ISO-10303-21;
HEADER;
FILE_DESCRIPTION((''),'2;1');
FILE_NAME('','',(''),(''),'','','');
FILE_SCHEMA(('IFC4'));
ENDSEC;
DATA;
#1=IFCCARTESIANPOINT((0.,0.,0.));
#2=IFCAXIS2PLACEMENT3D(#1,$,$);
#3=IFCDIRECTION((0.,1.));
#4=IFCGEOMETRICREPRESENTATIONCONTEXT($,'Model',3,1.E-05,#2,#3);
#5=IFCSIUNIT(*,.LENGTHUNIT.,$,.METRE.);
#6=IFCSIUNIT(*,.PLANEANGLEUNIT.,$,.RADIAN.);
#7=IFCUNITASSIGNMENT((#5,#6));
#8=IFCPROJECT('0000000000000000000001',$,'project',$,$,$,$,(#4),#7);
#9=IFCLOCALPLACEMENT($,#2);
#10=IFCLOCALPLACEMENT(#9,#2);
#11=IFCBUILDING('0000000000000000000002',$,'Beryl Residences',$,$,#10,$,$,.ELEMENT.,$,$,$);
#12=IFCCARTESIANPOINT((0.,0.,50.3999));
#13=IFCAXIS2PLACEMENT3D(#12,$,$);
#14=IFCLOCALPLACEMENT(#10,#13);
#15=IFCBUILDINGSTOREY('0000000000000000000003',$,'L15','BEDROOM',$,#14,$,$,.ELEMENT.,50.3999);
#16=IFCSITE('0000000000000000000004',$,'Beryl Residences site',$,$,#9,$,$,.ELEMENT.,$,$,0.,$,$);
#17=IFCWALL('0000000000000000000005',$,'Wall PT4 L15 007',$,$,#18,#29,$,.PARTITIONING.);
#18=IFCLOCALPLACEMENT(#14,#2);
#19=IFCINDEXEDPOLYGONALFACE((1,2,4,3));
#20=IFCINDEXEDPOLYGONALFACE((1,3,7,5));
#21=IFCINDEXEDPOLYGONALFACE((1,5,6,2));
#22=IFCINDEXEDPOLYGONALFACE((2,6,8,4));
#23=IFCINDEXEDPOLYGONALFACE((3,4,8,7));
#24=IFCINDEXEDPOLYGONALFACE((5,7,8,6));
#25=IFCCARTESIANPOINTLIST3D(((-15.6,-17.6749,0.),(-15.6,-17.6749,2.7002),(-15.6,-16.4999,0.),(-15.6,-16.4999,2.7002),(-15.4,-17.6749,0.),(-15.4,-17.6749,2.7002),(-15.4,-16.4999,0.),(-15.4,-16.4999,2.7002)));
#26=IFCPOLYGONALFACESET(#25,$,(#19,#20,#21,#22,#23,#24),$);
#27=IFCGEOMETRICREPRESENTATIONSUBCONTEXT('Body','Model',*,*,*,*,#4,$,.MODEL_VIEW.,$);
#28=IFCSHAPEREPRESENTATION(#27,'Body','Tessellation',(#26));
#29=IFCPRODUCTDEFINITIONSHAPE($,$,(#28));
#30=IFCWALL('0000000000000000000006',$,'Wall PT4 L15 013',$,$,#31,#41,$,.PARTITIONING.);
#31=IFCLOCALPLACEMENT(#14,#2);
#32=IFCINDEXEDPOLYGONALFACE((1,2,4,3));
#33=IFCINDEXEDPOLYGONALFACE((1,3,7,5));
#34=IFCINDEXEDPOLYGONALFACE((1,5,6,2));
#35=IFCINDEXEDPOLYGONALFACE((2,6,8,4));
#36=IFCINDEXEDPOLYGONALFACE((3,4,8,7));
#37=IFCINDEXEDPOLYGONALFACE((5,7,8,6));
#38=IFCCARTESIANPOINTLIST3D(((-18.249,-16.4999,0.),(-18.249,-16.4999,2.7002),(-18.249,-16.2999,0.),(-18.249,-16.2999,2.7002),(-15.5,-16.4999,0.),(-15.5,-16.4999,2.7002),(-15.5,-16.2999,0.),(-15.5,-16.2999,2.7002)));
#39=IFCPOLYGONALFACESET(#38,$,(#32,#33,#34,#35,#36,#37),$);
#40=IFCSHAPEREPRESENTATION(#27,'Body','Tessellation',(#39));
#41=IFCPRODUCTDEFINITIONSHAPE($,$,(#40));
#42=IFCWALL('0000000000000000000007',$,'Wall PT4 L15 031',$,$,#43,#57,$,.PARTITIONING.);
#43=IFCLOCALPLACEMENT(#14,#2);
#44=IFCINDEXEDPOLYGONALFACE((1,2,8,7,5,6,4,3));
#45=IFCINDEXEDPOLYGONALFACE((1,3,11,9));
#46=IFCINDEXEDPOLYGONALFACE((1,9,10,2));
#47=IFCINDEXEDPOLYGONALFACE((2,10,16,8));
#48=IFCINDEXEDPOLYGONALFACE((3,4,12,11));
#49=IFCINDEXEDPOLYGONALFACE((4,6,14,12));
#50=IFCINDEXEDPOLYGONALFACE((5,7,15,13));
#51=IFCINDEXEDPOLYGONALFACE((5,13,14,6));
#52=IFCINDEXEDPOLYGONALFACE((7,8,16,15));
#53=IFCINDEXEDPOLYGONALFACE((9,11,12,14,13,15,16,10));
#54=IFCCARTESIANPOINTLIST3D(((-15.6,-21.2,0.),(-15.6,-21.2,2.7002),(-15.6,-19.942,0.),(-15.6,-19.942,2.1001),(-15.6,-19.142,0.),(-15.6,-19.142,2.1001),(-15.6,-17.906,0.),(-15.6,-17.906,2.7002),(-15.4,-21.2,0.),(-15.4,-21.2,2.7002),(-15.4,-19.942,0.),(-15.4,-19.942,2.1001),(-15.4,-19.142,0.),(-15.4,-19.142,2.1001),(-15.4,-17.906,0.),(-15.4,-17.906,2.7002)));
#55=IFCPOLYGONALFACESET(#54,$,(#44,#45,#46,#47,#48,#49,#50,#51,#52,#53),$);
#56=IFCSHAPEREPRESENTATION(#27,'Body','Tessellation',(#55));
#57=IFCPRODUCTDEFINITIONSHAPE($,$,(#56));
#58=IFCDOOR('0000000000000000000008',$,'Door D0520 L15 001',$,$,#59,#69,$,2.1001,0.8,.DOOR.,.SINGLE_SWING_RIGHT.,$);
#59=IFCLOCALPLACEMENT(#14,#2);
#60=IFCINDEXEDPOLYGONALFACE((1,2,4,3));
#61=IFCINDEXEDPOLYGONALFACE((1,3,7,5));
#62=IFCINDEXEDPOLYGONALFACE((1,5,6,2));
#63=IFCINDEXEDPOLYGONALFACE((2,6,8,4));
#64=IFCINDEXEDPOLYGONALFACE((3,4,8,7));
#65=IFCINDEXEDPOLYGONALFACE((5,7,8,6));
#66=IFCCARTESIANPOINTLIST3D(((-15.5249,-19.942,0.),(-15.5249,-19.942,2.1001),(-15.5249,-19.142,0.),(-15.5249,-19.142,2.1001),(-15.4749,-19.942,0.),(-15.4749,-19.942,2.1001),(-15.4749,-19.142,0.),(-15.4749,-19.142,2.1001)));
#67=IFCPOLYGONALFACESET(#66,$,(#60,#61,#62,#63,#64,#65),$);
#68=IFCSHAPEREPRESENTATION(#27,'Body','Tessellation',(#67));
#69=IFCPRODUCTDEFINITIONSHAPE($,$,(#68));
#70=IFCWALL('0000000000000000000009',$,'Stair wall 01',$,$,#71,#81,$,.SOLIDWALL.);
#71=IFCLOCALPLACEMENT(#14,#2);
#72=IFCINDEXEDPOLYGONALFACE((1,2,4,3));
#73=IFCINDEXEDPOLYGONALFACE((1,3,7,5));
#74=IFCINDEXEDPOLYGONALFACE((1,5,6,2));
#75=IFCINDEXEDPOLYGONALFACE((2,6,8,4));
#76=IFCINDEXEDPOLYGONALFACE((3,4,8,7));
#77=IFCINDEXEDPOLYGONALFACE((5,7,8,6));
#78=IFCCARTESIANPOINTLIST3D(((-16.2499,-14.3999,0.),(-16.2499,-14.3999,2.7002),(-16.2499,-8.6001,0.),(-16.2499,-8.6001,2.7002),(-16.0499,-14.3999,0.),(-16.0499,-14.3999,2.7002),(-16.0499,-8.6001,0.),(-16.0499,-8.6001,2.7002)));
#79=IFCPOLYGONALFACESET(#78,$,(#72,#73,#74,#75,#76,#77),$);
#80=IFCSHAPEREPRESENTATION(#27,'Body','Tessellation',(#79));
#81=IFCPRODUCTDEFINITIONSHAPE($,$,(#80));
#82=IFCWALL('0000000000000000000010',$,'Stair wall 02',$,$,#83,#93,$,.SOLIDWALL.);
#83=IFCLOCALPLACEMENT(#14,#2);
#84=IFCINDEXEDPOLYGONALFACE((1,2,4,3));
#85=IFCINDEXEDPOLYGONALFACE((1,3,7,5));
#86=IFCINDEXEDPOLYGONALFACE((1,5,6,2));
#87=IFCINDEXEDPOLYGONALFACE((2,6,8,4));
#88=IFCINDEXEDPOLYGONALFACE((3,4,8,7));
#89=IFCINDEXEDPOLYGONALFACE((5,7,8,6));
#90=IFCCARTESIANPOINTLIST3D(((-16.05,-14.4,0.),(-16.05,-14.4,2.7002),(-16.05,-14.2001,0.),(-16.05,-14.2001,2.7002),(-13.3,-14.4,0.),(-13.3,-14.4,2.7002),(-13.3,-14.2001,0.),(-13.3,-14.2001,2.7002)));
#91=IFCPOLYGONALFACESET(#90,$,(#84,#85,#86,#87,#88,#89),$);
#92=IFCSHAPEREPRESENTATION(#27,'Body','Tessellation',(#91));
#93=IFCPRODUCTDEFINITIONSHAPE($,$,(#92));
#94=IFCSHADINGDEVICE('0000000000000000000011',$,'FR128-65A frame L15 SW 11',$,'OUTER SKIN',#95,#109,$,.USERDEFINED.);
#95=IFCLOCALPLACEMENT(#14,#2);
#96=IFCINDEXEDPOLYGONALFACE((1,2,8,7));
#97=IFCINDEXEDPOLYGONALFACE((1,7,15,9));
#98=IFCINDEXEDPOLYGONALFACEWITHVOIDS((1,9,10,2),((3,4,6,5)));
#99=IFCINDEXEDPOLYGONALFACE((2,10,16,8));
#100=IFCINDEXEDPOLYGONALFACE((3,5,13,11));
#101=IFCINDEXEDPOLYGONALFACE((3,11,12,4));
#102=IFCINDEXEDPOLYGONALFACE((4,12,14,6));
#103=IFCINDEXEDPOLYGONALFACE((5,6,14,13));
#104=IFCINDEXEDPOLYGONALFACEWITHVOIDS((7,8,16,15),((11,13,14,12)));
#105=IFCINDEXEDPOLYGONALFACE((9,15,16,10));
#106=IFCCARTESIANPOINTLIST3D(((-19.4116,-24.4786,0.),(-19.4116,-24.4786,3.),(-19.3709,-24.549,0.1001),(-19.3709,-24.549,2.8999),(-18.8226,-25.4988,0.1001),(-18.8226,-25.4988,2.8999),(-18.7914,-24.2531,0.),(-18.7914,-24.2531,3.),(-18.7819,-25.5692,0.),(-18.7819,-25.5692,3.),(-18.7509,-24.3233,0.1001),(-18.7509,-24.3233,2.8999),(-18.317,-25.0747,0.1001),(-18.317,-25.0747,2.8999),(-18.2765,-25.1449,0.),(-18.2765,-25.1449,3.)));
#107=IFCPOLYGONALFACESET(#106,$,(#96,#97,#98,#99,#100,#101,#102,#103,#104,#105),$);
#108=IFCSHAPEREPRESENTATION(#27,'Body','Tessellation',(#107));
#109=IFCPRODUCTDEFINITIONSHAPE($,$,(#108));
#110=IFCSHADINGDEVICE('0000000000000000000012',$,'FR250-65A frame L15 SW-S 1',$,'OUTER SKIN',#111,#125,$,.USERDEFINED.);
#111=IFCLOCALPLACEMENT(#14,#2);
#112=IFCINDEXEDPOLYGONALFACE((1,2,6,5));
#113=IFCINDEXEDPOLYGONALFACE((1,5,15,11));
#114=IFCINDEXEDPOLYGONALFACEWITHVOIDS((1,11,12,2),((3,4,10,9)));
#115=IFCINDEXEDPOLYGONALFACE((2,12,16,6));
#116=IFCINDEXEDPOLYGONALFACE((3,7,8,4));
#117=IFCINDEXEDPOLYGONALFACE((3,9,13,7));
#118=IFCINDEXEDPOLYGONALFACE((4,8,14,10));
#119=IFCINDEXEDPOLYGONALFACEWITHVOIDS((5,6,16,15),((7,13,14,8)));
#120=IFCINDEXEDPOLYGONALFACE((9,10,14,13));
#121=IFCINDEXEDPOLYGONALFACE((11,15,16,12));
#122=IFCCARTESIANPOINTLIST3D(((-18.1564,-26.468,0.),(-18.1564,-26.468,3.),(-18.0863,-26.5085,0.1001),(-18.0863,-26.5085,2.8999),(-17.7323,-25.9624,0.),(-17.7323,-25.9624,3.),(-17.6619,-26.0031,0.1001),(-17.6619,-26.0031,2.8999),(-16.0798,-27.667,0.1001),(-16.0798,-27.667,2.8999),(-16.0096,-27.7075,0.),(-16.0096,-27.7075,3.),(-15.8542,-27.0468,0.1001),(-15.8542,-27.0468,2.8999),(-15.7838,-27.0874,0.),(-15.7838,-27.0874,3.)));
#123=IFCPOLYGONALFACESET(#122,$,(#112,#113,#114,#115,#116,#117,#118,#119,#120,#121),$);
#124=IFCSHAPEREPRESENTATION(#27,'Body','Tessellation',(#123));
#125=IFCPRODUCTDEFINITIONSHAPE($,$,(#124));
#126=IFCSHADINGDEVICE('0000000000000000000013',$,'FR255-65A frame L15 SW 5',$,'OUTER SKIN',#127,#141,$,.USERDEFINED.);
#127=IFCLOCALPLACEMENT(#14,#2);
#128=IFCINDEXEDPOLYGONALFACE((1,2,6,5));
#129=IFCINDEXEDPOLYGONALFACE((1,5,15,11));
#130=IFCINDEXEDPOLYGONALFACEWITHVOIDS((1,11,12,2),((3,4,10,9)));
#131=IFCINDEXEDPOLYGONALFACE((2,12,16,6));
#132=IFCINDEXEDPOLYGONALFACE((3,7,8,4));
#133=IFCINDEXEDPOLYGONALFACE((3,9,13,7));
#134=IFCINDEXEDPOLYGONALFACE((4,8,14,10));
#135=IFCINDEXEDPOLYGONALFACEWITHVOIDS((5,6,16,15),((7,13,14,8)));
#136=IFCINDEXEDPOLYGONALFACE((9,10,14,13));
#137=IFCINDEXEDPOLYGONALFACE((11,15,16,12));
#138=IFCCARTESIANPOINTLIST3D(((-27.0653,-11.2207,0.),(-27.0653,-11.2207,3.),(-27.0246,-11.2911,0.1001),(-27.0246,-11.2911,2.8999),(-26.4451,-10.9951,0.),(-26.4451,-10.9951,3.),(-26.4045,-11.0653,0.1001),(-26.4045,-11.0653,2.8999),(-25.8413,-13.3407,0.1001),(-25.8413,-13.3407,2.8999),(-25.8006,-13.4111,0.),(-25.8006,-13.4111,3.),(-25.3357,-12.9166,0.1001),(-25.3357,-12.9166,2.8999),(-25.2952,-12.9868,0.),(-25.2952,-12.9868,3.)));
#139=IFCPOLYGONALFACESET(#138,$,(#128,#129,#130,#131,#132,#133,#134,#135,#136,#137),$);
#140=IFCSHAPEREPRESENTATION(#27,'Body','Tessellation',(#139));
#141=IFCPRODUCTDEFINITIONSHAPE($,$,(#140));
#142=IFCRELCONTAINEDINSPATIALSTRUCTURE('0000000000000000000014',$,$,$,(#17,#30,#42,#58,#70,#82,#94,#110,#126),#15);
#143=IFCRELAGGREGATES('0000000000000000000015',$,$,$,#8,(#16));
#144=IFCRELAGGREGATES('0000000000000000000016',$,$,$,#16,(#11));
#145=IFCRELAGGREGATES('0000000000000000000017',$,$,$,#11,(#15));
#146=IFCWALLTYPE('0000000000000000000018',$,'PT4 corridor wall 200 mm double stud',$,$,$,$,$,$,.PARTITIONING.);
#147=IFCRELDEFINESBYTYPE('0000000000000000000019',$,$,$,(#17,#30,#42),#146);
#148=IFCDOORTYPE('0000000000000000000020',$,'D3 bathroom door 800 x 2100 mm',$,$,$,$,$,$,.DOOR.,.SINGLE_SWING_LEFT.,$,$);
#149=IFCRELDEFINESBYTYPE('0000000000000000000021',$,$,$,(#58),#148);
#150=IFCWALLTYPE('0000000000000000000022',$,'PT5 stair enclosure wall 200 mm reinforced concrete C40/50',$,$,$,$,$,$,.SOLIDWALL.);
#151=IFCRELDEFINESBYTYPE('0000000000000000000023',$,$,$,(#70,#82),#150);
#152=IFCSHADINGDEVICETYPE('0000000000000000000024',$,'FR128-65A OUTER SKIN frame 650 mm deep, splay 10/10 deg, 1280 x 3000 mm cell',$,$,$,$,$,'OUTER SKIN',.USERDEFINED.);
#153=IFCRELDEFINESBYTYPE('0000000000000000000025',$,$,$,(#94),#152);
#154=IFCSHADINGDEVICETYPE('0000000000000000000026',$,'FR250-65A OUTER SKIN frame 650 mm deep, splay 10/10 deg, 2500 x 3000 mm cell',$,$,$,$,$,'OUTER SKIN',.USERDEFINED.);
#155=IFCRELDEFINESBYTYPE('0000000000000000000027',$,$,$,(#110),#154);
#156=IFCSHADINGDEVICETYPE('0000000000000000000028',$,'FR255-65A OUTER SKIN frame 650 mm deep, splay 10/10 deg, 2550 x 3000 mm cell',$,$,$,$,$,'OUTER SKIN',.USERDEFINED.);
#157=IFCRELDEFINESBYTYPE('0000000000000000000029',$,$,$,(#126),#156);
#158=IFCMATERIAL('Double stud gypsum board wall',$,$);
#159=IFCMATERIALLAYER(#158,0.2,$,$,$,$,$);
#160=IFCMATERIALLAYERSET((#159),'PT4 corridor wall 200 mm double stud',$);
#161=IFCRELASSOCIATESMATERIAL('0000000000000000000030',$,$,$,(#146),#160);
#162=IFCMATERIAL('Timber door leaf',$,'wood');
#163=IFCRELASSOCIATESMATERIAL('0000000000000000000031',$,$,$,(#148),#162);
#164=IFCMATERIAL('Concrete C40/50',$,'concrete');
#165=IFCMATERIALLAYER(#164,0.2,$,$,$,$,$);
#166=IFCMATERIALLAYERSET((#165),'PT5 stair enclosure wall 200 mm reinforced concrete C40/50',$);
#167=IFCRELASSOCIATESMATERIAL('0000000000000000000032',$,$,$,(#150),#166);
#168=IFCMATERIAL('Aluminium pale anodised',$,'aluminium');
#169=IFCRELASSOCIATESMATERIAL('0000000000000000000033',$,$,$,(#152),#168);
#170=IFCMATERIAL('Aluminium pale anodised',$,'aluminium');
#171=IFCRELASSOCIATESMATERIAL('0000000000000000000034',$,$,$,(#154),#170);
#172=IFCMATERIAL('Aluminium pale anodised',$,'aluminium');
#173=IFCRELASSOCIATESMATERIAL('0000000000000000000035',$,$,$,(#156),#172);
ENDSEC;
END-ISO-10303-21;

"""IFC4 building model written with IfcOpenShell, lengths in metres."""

from ifc_helpers import new_model, entity, si_unit, direction, frame, frame_2d, origin, place, context, subcontext, project, spatial, rectangle, extrude, source, transform, mapped, material, layer, layer_set, type_object, type_shapes, element, fill, save


model = new_model("IFC4")

# Units and contexts
model_context = context("Model", 3, precision=1e-05, world=origin(), true_north=direction((0.0, 1.0)))
body_context = subcontext(model_context, "Body", "Model", "MODEL_VIEW")
ifc_project = project(units=[si_unit("LENGTHUNIT", "METRE"), si_unit("PLANEANGLEUNIT", "RADIAN")], contexts=[model_context])

# Site, building, storey
site_placement = place(None, origin())
site = spatial("IfcSite", under=ifc_project, at=site_placement, Name="Beryl Residences site", CompositionType="ELEMENT", RefElevation=0.0)
building_placement = place(site_placement, origin())
building = spatial("IfcBuilding", under=site, at=building_placement, Name="Beryl Residences", CompositionType="ELEMENT")
storey_placement = place(building_placement, frame((0.0, 0.0, 50.3999)))
storey = spatial("IfcBuildingStorey", under=building, at=storey_placement, Name="L15", Description="BEDROOM", CompositionType="ELEMENT", Elevation=50.3999)

# Walls
ifc_material_1 = material(Name="Double stud gypsum board wall")
ifc_layer_1 = layer(ifc_material_1, 0.2)
ifc_layer_set_1 = layer_set([ifc_layer_1], Name="PT4 corridor wall 200 mm double stud")
wall_type_1 = type_object("IfcWallType", Name="PT4 corridor wall 200 mm double stud", PredefinedType="PARTITIONING", material=ifc_layer_set_1)
wall_1_placement = place(storey_placement, frame((-15.5, -16.5, 0.0), z_axis=(0.0, 0.0, 1.0), x_axis=(0.0, -1.0, 0.0)))
element("IfcWall", 1, at=wall_1_placement, inside=storey, type_object=wall_type_1, Name="Wall PT4 L15 007", PredefinedType="PARTITIONING", context=body_context, shape_type="SweptSolid", body=[
    extrude(rectangle(XDim=1.175, YDim=0.2, at=frame_2d((0.5874, 0.0))), origin(), (0.0, 0.0, 1.0), 2.7002),
])
wall_2_placement = place(storey_placement, frame((-18.249, -16.3999, 0.0), z_axis=(0.0, 0.0, 1.0), x_axis=(1.0, 0.0, 0.0)))
element("IfcWall", 2, at=wall_2_placement, inside=storey, type_object=wall_type_1, Name="Wall PT4 L15 013", PredefinedType="PARTITIONING", context=body_context, shape_type="SweptSolid", body=[
    extrude(rectangle(XDim=2.749, YDim=0.2, at=frame_2d((1.3745, 0.0))), origin(), (0.0, 0.0, 1.0), 2.7002),
])

# Wall, opening, door
wall_3_placement = place(storey_placement, frame((-15.5, -21.2, 0.0), z_axis=(0.0, 0.0, 1.0), x_axis=(0.0, 1.0, 0.0)))
wall_3 = element("IfcWall", 3, at=wall_3_placement, inside=storey, type_object=wall_type_1, Name="Wall PT4 L15 031", PredefinedType="PARTITIONING", context=body_context, shape_type="SweptSolid", body=[
    extrude(rectangle(XDim=3.2939, YDim=0.2, at=frame_2d((1.647, 0.0))), origin(), (0.0, 0.0, 1.0), 2.7002),
])
opening_1_placement = place(wall_3_placement, frame((1.2581, 0.0, 0.0)))
opening_1 = element("IfcOpeningElement", 4, at=opening_1_placement, cuts=wall_3, PredefinedType="OPENING", context=body_context, shape_type="SweptSolid", body=[
    extrude(rectangle(XDim=0.8, YDim=2.1001, at=frame_2d((0.3999, 1.05))), frame((0.0, 0.1099, 0.0), z_axis=(0.0, -1.0, 0.0), x_axis=(1.0, 0.0, 0.0)), (0.0, 0.0, 1.0), 0.22),
])
ifc_material_2 = material(Name="Timber door leaf", Category="wood")
door_type_1 = type_object("IfcDoorType", Name="D3 bathroom door 800 x 2100 mm", OperationType="SINGLE_SWING_LEFT", PredefinedType="DOOR", material=ifc_material_2)
door_1_placement = place(opening_1_placement, origin())
door_1 = element("IfcDoor", 5, at=door_1_placement, inside=storey, type_object=door_type_1, Name="Door D0520 L15 001", OperationType="SINGLE_SWING_RIGHT", OverallHeight=2.1001, OverallWidth=0.8, PredefinedType="DOOR", context=body_context, shape_type="SweptSolid", body=[
    extrude(rectangle(XDim=0.8, YDim=2.1001, at=frame_2d((0.3999, 1.05))), frame((0.0, 0.0249, 0.0), z_axis=(0.0, -1.0, 0.0), x_axis=(1.0, 0.0, 0.0)), (0.0, 0.0, 1.0), 0.05),
])
fill(opening_1, door_1)

# Walls
ifc_material_3 = material(Name="Concrete C40/50", Category="concrete")
ifc_layer_2 = layer(ifc_material_3, 0.2)
ifc_layer_set_2 = layer_set([ifc_layer_2], Name="PT5 stair enclosure wall 200 mm reinforced concrete C40/50")
wall_type_2 = type_object("IfcWallType", Name="PT5 stair enclosure wall 200 mm reinforced concrete C40/50", PredefinedType="SOLIDWALL", material=ifc_layer_set_2)
wall_4_placement = place(storey_placement, frame((-16.1499, -14.3999, 0.0), z_axis=(0.0, 0.0, 1.0), x_axis=(0.0, 1.0, 0.0)))
element("IfcWall", 6, at=wall_4_placement, inside=storey, type_object=wall_type_2, Name="Stair wall 01", PredefinedType="SOLIDWALL", context=body_context, shape_type="SweptSolid", body=[
    extrude(rectangle(XDim=5.7998, YDim=0.2, at=frame_2d((2.8999, 0.0))), origin(), (0.0, 0.0, 1.0), 2.7002),
])
wall_5_placement = place(storey_placement, frame((-16.05, -14.3, 0.0), z_axis=(0.0, 0.0, 1.0), x_axis=(1.0, 0.0, 0.0)))
element("IfcWall", 7, at=wall_5_placement, inside=storey, type_object=wall_type_2, Name="Stair wall 02", PredefinedType="SOLIDWALL", context=body_context, shape_type="SweptSolid", body=[
    extrude(rectangle(XDim=2.75, YDim=0.2, at=frame_2d((1.375, 0.0))), origin(), (0.0, 0.0, 1.0), 2.7002),
])

# Shading devices
ifc_material_4 = material(Name="Aluminium pale anodised", Category="aluminium")
shading_device_type_1 = type_object("IfcShadingDeviceType", Name="FR128-65A OUTER SKIN frame 650 mm deep, splay 10/10 deg, 1280 x 3000 mm cell", ElementType="OUTER SKIN", PredefinedType="USERDEFINED", material=ifc_material_4)
cartesian_point_1 = entity("IfcCartesianPoint", [-0.5149, 0.0])
cartesian_point_2 = entity("IfcCartesianPoint", [-0.4338, 0.1001])
cartesian_point_3 = entity("IfcCartesianPoint", [-0.6296, 0.0])
cartesian_point_4 = entity("IfcCartesianPoint", [-0.5483, 0.1001])
shared_shape_1 = source(origin(), body_context, "Body", "SweptSolid", [
    entity("IfcExtrudedAreaSolidTapered", entity("IfcArbitraryProfileDefWithVoids", "AREA", None, entity("IfcPolyline", [cartesian_point_1, entity("IfcCartesianPoint", [0.5149, 0.0]), entity("IfcCartesianPoint", [0.5149, 3.0]), entity("IfcCartesianPoint", [-0.5149, 3.0]), cartesian_point_1]), [entity("IfcPolyline", [cartesian_point_2, entity("IfcCartesianPoint", [0.4338, 0.1001]), entity("IfcCartesianPoint", [0.4338, 2.8999]), entity("IfcCartesianPoint", [-0.4338, 2.8999]), cartesian_point_2])]), entity("IfcAxis2Placement3D", entity("IfcCartesianPoint", [0.0, 0.0, 0.0]), entity("IfcDirection", [0.0, 1.0, 0.0]), entity("IfcDirection", [-1.0, 0.0, 0.0])), entity("IfcDirection", [0.0, 0.0, 1.0]), 0.6499, entity("IfcArbitraryProfileDefWithVoids", "AREA", None, entity("IfcPolyline", [cartesian_point_3, entity("IfcCartesianPoint", [0.6296, 0.0]), entity("IfcCartesianPoint", [0.6296, 3.0]), entity("IfcCartesianPoint", [-0.6296, 3.0]), cartesian_point_3]), [entity("IfcPolyline", [cartesian_point_4, entity("IfcCartesianPoint", [0.5483, 0.1001]), entity("IfcCartesianPoint", [0.5483, 2.8999]), entity("IfcCartesianPoint", [-0.5483, 2.8999]), cartesian_point_4])])),
])
type_shapes(shading_device_type_1, [shared_shape_1])
shading_device_1_placement = place(storey_placement, frame((-18.5339, -24.699, 0.0), z_axis=(0.0, 0.0, 1.0), x_axis=(-0.5, 0.866025, 0.0)))
element("IfcShadingDevice", 8, at=shading_device_1_placement, inside=storey, type_object=shading_device_type_1, Name="FR128-65A frame L15 SW 11", ObjectType="OUTER SKIN", PredefinedType="USERDEFINED", context=body_context, shape_type="MappedRepresentation", body=[
    mapped(shared_shape_1, transform((0.0, 0.0, 0.0))),
])
ifc_material_5 = material(Name="Aluminium pale anodised", Category="aluminium")
shading_device_type_2 = type_object("IfcShadingDeviceType", Name="FR250-65A OUTER SKIN frame 650 mm deep, splay 10/10 deg, 2500 x 3000 mm cell", ElementType="OUTER SKIN", PredefinedType="USERDEFINED", material=ifc_material_5)
cartesian_point_5 = entity("IfcCartesianPoint", [-1.125, 0.0])
cartesian_point_6 = entity("IfcCartesianPoint", [-1.0437, 0.1001])
cartesian_point_7 = entity("IfcCartesianPoint", [-1.2395, 0.0])
cartesian_point_8 = entity("IfcCartesianPoint", [-1.1584, 0.1001])
shared_shape_2 = source(origin(), body_context, "Body", "SweptSolid", [
    entity("IfcExtrudedAreaSolidTapered", entity("IfcArbitraryProfileDefWithVoids", "AREA", None, entity("IfcPolyline", [cartesian_point_5, entity("IfcCartesianPoint", [1.125, 0.0]), entity("IfcCartesianPoint", [1.125, 3.0]), entity("IfcCartesianPoint", [-1.125, 3.0]), cartesian_point_5]), [entity("IfcPolyline", [cartesian_point_6, entity("IfcCartesianPoint", [1.0437, 0.1001]), entity("IfcCartesianPoint", [1.0437, 2.8999]), entity("IfcCartesianPoint", [-1.0437, 2.8999]), cartesian_point_6])]), entity("IfcAxis2Placement3D", entity("IfcCartesianPoint", [0.0, 0.0, 0.0]), entity("IfcDirection", [0.0, 1.0, 0.0]), entity("IfcDirection", [-1.0, 0.0, 0.0])), entity("IfcDirection", [0.0, 0.0, 1.0]), 0.6499, entity("IfcArbitraryProfileDefWithVoids", "AREA", None, entity("IfcPolyline", [cartesian_point_7, entity("IfcCartesianPoint", [1.2395, 0.0]), entity("IfcCartesianPoint", [1.2395, 3.0]), entity("IfcCartesianPoint", [-1.2395, 3.0]), cartesian_point_7]), [entity("IfcPolyline", [cartesian_point_8, entity("IfcCartesianPoint", [1.1584, 0.1001]), entity("IfcCartesianPoint", [1.1584, 2.8999]), entity("IfcCartesianPoint", [-1.1584, 2.8999]), cartesian_point_8])])),
])
type_shapes(shading_device_type_2, [shared_shape_2])
shading_device_2_placement = place(storey_placement, frame((-16.7581, -26.5249, 0.0), z_axis=(0.0, 0.0, 1.0), x_axis=(-0.866025, 0.5, 0.0)))
element("IfcShadingDevice", 9, at=shading_device_2_placement, inside=storey, type_object=shading_device_type_2, Name="FR250-65A frame L15 SW-S 1", ObjectType="OUTER SKIN", PredefinedType="USERDEFINED", context=body_context, shape_type="MappedRepresentation", body=[
    mapped(shared_shape_2, transform((0.0, 0.0, 0.0))),
])
ifc_material_6 = material(Name="Aluminium pale anodised", Category="aluminium")
shading_device_type_3 = type_object("IfcShadingDeviceType", Name="FR255-65A OUTER SKIN frame 650 mm deep, splay 10/10 deg, 2550 x 3000 mm cell", ElementType="OUTER SKIN", PredefinedType="USERDEFINED", material=ifc_material_6)
cartesian_point_9 = entity("IfcCartesianPoint", [-1.1499, 0.0])
cartesian_point_10 = entity("IfcCartesianPoint", [-1.0688, 0.1001])
cartesian_point_11 = entity("IfcCartesianPoint", [-1.2646, 0.0])
cartesian_point_12 = entity("IfcCartesianPoint", [-1.1833, 0.1001])
shared_shape_3 = source(origin(), body_context, "Body", "SweptSolid", [
    entity("IfcExtrudedAreaSolidTapered", entity("IfcArbitraryProfileDefWithVoids", "AREA", None, entity("IfcPolyline", [cartesian_point_9, entity("IfcCartesianPoint", [1.1499, 0.0]), entity("IfcCartesianPoint", [1.1499, 3.0]), entity("IfcCartesianPoint", [-1.1499, 3.0]), cartesian_point_9]), [entity("IfcPolyline", [cartesian_point_10, entity("IfcCartesianPoint", [1.0688, 0.1001]), entity("IfcCartesianPoint", [1.0688, 2.8999]), entity("IfcCartesianPoint", [-1.0688, 2.8999]), cartesian_point_10])]), entity("IfcAxis2Placement3D", entity("IfcCartesianPoint", [0.0, 0.0, 0.0]), entity("IfcDirection", [0.0, 1.0, 0.0]), entity("IfcDirection", [-1.0, 0.0, 0.0])), entity("IfcDirection", [0.0, 0.0, 1.0]), 0.6499, entity("IfcArbitraryProfileDefWithVoids", "AREA", None, entity("IfcPolyline", [cartesian_point_11, entity("IfcCartesianPoint", [1.2646, 0.0]), entity("IfcCartesianPoint", [1.2646, 3.0]), entity("IfcCartesianPoint", [-1.2646, 3.0]), cartesian_point_11]), [entity("IfcPolyline", [cartesian_point_12, entity("IfcCartesianPoint", [1.1833, 0.1001]), entity("IfcCartesianPoint", [1.1833, 2.8999]), entity("IfcCartesianPoint", [-1.1833, 2.8999]), cartesian_point_12])])),
])
type_shapes(shading_device_type_3, [shared_shape_3])
for number, where, z_axis, x_axis, name in (
    (10, (-25.8701, -11.991, 0.0), (0.0, 0.0, 1.0), (-0.5, 0.866025, 0.0), "FR255-65A frame L15 SW 5"),
):
    element("IfcShadingDevice", number, at=place(storey_placement, frame(where, z_axis=z_axis, x_axis=x_axis)), inside=storey, type_object=shading_device_type_3, Name=name, ObjectType="OUTER SKIN", PredefinedType="USERDEFINED", context=body_context, shape_type="MappedRepresentation", body=[
        mapped(shared_shape_3, transform((0.0, 0.0, 0.0))),
    ])

save(model, "model.ifc")
